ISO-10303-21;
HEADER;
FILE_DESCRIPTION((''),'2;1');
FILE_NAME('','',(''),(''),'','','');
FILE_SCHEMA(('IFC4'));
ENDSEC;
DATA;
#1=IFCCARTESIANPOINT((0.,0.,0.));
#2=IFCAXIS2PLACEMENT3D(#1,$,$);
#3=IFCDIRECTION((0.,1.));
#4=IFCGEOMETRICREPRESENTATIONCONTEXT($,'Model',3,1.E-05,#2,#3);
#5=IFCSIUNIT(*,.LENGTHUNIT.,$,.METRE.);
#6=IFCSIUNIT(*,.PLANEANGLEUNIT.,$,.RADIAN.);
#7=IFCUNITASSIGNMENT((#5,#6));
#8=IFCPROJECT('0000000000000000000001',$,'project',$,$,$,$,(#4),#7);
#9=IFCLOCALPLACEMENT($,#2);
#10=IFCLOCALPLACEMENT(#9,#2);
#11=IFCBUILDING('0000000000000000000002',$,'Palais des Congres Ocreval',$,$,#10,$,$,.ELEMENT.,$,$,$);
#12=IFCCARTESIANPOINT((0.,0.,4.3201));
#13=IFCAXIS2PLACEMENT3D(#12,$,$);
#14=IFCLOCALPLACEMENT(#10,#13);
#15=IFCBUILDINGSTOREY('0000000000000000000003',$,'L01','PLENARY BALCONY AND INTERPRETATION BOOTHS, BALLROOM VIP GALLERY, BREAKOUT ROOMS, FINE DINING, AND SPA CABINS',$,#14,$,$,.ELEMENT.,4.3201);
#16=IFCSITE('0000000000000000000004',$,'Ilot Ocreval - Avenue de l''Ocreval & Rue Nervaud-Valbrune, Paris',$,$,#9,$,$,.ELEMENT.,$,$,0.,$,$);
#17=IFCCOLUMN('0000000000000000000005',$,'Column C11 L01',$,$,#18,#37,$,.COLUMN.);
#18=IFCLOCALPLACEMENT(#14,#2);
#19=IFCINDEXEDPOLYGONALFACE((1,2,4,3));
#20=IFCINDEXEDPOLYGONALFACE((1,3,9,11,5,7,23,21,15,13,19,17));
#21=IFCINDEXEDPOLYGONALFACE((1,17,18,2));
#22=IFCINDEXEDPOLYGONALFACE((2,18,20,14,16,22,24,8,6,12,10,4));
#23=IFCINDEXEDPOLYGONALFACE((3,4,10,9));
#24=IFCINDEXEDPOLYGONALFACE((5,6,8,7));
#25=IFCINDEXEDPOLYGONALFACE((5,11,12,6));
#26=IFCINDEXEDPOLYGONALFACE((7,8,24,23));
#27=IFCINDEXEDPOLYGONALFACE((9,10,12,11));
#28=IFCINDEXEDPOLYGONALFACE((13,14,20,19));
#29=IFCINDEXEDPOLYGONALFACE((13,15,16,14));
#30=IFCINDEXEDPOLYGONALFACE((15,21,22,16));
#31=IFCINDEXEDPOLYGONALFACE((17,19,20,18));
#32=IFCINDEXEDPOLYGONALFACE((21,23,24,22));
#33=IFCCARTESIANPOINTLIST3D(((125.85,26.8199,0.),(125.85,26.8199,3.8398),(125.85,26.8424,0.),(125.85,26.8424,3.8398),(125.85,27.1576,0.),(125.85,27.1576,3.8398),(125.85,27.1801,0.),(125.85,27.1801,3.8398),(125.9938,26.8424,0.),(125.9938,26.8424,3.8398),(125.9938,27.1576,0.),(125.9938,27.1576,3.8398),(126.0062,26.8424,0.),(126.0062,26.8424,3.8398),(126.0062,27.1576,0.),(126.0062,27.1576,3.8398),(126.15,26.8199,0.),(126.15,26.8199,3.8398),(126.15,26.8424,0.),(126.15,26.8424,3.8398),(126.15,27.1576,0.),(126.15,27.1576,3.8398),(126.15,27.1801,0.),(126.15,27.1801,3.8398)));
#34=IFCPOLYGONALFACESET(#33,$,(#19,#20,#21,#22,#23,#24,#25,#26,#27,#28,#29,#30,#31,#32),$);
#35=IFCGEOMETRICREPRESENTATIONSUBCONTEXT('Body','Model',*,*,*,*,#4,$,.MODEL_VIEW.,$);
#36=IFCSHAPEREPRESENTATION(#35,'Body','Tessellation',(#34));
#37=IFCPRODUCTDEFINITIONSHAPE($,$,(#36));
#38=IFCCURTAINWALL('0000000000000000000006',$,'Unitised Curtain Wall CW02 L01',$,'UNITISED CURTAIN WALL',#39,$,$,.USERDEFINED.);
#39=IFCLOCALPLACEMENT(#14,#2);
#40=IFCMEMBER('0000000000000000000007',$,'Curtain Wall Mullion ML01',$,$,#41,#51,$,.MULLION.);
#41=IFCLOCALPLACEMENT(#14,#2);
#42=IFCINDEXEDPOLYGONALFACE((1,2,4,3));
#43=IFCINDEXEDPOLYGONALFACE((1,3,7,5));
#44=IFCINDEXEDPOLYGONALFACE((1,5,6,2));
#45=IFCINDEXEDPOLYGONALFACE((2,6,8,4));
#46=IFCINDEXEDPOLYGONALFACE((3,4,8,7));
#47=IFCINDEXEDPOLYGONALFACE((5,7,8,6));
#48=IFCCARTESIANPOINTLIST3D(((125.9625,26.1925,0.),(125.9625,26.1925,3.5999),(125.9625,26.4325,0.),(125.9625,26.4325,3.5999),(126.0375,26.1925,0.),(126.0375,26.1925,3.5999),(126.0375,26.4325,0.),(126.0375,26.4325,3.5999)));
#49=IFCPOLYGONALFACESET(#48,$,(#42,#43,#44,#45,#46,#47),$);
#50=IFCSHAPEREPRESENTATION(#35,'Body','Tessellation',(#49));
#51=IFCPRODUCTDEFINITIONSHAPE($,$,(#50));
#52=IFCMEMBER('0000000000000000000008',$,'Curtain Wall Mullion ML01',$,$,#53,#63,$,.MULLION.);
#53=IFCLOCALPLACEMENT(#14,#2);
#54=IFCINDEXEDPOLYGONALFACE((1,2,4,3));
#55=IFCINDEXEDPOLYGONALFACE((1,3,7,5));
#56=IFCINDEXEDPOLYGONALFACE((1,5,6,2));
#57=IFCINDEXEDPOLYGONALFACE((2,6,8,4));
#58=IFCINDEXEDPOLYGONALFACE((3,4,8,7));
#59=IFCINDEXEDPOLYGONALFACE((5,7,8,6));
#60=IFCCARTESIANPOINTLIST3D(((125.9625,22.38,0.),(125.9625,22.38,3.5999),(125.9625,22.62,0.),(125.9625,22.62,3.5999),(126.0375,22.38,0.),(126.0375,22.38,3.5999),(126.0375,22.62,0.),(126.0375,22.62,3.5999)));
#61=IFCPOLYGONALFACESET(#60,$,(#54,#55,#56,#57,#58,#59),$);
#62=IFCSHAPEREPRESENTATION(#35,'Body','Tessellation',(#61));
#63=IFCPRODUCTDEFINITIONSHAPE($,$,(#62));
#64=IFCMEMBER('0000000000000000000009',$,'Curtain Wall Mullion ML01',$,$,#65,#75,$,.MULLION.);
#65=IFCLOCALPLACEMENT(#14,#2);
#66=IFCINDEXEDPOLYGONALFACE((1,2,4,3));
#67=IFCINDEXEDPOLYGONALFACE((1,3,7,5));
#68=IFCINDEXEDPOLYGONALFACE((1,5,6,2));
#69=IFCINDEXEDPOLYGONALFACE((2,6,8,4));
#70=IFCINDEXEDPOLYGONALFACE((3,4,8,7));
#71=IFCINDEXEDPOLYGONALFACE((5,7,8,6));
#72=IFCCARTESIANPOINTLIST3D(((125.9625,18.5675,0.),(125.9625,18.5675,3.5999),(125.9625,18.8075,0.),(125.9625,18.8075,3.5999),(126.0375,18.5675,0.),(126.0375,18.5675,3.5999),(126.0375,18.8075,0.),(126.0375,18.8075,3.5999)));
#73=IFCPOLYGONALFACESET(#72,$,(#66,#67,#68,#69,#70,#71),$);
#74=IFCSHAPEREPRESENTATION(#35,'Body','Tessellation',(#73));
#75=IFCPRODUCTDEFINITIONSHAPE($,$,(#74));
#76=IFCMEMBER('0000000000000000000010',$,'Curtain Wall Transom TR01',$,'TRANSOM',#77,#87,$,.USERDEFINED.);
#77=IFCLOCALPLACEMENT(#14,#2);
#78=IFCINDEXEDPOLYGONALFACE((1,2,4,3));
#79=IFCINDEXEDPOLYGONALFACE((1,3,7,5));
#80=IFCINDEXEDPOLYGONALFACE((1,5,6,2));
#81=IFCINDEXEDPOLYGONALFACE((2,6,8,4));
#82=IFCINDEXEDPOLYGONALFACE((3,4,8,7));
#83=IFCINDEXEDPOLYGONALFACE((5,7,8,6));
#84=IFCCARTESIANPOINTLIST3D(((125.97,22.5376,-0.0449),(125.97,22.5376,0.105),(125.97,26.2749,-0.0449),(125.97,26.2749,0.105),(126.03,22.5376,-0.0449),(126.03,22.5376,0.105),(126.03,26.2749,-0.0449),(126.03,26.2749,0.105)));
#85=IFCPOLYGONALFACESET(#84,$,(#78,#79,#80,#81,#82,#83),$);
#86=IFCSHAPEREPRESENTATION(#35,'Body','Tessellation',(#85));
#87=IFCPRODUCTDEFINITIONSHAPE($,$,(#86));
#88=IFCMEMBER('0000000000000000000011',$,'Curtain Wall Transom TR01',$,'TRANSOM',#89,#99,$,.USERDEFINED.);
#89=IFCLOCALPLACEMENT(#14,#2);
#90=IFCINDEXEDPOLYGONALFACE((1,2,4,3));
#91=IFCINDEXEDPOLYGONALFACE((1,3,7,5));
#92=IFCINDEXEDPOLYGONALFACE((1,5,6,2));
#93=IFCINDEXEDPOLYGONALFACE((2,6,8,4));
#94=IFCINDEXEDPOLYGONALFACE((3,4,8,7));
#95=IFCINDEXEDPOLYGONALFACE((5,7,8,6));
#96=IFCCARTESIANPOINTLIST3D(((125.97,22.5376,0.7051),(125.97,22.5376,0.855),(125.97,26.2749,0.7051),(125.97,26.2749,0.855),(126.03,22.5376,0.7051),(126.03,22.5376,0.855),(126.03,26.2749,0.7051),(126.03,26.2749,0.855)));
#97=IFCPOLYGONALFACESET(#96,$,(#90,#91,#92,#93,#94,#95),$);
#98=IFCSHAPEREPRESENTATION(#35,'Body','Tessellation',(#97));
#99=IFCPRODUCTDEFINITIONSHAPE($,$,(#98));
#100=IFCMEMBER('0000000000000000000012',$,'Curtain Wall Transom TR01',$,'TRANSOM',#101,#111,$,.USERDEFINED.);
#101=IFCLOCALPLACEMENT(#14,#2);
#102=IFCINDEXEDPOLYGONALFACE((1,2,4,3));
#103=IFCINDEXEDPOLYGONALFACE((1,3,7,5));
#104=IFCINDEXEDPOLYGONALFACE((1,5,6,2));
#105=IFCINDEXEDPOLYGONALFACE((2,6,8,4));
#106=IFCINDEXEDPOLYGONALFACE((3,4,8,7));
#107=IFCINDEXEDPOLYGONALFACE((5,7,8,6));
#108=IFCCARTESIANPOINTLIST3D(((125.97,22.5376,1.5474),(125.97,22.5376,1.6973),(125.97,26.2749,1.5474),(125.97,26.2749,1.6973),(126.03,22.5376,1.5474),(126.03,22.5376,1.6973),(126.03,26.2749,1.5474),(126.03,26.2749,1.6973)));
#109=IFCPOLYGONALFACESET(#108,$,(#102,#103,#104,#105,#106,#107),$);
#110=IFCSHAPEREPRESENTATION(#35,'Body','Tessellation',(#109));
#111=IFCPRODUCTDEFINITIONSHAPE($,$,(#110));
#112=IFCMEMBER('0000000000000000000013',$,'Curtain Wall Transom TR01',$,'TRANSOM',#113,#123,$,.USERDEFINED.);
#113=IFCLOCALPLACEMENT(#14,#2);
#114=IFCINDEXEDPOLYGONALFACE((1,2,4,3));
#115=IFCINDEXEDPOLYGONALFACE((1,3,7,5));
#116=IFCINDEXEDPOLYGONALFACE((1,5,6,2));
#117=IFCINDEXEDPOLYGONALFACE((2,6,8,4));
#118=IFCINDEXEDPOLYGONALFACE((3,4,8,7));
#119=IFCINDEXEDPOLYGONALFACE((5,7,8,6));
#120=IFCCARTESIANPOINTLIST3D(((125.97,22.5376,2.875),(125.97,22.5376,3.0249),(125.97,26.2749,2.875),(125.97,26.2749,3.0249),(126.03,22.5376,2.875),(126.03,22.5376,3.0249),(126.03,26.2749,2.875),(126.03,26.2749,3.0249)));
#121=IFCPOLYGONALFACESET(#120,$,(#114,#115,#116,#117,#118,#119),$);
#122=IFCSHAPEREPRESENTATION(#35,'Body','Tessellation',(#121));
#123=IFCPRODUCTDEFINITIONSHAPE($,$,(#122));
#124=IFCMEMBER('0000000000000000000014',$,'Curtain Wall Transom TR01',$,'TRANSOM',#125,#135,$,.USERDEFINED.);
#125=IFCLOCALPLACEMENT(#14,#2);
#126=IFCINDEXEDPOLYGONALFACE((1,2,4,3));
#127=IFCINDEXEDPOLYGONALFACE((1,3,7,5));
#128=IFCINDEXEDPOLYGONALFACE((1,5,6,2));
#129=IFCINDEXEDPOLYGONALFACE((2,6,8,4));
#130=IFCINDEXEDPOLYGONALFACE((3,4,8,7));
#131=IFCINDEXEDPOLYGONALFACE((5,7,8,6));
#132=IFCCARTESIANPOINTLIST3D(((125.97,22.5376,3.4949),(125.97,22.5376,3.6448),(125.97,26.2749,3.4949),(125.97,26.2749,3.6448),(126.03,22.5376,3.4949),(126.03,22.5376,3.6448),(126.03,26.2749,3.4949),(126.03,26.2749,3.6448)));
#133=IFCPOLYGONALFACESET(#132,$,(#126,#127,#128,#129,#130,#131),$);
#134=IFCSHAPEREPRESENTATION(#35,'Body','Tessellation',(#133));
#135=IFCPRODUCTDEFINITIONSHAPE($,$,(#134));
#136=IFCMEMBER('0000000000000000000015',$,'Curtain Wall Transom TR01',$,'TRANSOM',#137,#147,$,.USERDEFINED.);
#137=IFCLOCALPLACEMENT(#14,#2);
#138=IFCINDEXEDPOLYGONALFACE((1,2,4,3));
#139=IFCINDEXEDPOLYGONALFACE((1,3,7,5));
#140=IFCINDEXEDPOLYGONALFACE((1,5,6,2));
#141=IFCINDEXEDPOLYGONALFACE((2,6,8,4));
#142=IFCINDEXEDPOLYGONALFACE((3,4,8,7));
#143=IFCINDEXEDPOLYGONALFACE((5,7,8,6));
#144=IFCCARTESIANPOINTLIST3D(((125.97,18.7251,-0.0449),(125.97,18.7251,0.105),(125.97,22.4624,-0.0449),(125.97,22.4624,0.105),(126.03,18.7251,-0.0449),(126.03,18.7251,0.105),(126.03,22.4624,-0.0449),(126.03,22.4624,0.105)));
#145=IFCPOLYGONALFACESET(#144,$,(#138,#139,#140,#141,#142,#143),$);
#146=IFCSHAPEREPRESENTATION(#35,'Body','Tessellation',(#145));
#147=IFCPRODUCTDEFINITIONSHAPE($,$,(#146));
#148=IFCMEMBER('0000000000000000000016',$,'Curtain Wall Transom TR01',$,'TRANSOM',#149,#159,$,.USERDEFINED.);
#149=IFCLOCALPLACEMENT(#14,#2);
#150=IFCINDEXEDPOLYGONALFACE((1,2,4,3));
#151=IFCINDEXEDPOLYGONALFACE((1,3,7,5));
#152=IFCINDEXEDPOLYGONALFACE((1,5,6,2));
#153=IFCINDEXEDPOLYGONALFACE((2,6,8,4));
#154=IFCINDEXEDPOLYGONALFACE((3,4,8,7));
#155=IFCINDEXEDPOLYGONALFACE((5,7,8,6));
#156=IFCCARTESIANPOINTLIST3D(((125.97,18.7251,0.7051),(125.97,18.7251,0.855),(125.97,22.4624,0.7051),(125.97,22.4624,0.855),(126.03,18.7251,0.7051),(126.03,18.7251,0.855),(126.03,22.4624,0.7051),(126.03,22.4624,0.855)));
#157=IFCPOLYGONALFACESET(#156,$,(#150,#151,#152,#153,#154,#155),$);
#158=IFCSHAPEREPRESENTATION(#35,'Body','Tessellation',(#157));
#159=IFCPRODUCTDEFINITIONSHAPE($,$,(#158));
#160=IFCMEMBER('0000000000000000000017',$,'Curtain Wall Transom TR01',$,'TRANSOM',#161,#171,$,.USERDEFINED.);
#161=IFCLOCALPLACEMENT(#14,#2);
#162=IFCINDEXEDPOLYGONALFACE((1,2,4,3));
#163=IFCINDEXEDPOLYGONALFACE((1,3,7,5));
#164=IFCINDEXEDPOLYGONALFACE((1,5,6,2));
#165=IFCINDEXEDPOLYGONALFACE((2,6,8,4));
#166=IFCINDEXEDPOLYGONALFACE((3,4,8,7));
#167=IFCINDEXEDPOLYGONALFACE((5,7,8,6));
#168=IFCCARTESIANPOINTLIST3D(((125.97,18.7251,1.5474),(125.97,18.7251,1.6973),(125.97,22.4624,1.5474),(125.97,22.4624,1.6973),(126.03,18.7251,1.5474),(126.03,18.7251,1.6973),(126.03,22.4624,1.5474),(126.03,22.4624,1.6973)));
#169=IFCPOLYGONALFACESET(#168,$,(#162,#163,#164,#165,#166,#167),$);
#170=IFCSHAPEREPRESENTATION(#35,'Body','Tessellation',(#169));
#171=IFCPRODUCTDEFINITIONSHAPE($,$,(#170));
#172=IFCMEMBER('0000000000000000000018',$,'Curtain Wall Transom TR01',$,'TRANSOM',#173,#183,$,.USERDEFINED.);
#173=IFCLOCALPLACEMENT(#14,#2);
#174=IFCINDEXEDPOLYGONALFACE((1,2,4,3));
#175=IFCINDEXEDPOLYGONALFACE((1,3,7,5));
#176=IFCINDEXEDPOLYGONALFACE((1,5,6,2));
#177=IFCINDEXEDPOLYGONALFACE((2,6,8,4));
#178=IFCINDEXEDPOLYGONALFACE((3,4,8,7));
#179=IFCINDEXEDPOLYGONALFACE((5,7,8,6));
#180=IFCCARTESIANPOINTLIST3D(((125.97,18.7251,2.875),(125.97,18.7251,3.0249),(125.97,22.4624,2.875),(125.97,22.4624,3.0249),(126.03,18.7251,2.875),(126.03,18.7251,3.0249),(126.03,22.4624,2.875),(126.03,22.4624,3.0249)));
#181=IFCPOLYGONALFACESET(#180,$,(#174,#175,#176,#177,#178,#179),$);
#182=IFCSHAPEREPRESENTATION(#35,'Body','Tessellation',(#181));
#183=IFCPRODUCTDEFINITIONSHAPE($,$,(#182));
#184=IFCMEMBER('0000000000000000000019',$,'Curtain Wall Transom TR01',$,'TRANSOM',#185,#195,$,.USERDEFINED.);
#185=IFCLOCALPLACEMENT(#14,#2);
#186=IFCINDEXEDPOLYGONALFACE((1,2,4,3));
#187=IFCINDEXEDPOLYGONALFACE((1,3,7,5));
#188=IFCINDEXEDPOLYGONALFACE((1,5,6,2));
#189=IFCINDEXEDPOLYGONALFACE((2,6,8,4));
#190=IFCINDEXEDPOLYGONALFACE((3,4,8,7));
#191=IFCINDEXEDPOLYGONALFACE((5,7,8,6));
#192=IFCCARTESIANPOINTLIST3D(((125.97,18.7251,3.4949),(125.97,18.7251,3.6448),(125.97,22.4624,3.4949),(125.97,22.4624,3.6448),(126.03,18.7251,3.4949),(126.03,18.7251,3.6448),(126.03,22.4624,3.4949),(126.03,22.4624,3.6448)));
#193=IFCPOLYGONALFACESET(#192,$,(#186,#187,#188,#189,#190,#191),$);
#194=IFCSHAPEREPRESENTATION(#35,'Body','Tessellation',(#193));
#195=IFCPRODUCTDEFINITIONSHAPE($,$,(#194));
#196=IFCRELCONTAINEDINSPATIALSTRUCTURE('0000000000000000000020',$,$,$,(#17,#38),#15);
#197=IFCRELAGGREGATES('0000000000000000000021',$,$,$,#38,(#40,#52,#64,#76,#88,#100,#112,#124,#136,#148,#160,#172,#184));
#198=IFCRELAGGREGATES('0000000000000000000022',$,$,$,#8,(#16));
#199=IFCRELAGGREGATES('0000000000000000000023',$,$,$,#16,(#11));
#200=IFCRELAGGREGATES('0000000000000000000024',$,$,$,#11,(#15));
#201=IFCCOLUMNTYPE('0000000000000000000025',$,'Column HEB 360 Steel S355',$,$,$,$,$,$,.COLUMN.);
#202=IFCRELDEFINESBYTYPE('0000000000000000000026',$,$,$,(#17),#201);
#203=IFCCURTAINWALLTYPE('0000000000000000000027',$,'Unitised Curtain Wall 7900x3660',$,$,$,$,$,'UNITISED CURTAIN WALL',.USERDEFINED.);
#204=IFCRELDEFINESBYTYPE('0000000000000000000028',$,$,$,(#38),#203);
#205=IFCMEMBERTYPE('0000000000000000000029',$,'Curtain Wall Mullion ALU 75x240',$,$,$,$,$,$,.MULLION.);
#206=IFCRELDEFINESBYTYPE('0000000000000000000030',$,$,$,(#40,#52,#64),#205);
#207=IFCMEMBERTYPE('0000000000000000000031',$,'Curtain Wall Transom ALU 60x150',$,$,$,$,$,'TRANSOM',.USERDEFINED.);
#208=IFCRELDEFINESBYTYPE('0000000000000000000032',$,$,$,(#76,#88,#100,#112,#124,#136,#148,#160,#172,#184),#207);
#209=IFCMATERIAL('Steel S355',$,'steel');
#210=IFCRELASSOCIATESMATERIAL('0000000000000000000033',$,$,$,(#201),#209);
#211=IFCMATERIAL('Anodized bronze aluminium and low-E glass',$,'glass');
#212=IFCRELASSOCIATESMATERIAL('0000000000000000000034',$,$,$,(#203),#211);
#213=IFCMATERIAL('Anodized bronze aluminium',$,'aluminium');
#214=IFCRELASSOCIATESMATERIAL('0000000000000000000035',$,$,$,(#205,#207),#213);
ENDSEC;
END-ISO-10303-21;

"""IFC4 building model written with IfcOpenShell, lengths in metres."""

from ifc_helpers import new_model, si_unit, direction, frame, origin, origin_2d, place, context, subcontext, project, spatial, rectangle, i_section, extrude, material, material_profile, profile_set, type_object, element, aggregate, save


model = new_model("IFC4")

# Units and contexts
model_context = context("Model", 3, precision=1e-05, world=origin(), true_north=direction((0.0, 1.0)))
body_context = subcontext(model_context, "Body", "Model", "MODEL_VIEW")
ifc_project = project(units=[si_unit("LENGTHUNIT", "METRE"), si_unit("PLANEANGLEUNIT", "RADIAN")], contexts=[model_context])

# Site, building, storey
site_placement = place(None, origin())
site = spatial("IfcSite", under=ifc_project, at=site_placement, Name="Ilot Ocreval - Avenue de l'Ocreval & Rue Nervaud-Valbrune, Paris", CompositionType="ELEMENT", RefElevation=0.0)
building_placement = place(site_placement, origin())
building = spatial("IfcBuilding", under=site, at=building_placement, Name="Palais des Congres Ocreval", CompositionType="ELEMENT")
storey_placement = place(building_placement, frame((0.0, 0.0, 4.3201)))
storey = spatial("IfcBuildingStorey", under=building, at=storey_placement, Name="L01", Description="PLENARY BALCONY AND INTERPRETATION BOOTHS, BALLROOM VIP GALLERY, BREAKOUT ROOMS, FINE DINING, AND SPA CABINS", CompositionType="ELEMENT", Elevation=4.3201)

# Column
ifc_material_1 = material(Name="Steel S355", Category="steel")
ifc_material_profile_1 = material_profile(ifc_material_1, i_section(OverallWidth=0.3, OverallDepth=0.3601, WebThickness=0.0125, FlangeThickness=0.0225, at=origin_2d()), Name="HEB 360")
ifc_profile_set_1 = profile_set([ifc_material_profile_1], Name="Steel S355")
column_type = type_object("IfcColumnType", Name="Column HEB 360 Steel S355", PredefinedType="COLUMN", material=ifc_profile_set_1)
column_placement = place(storey_placement, frame((126.0, 27.0, 0.0), z_axis=(0.0, 0.0, 1.0), x_axis=(1.0, 0.0, 0.0)))
element("IfcColumn", 1, at=column_placement, inside=storey, type_object=column_type, Name="Column C11 L01", PredefinedType="COLUMN", context=body_context, shape_type="SweptSolid", body=[
    extrude(i_section(OverallWidth=0.3, OverallDepth=0.3601, WebThickness=0.0125, FlangeThickness=0.0225, at=origin_2d()), origin(), (0.0, 0.0, 1.0), 3.8398),
])

# Curtain wall, members
ifc_material_2 = material(Name="Anodized bronze aluminium and low-E glass", Category="glass")
curtain_wall_type = type_object("IfcCurtainWallType", Name="Unitised Curtain Wall 7900x3660", ElementType="UNITISED CURTAIN WALL", PredefinedType="USERDEFINED", material=ifc_material_2)
curtain_wall_placement = place(storey_placement, origin())
curtain_wall = element("IfcCurtainWall", 2, at=curtain_wall_placement, inside=storey, type_object=curtain_wall_type, Name="Unitised Curtain Wall CW02 L01", ObjectType="UNITISED CURTAIN WALL", PredefinedType="USERDEFINED")
ifc_material_3 = material(Name="Anodized bronze aluminium", Category="aluminium")
ifc_material_profile_2 = material_profile(ifc_material_3, rectangle(XDim=0.075, YDim=0.24, at=origin_2d()), Name="ALU 75x240")
ifc_profile_set_2 = profile_set([ifc_material_profile_2], Name="Anodized bronze aluminium")
member_type_1 = type_object("IfcMemberType", Name="Curtain Wall Mullion ALU 75x240", PredefinedType="MULLION", material=ifc_profile_set_2)
member_1_placement = place(storey_placement, frame((126.0, 26.3125, 0.0), z_axis=(0.0, 0.0, 1.0), x_axis=(1.0, 0.0, 0.0)))
member_1 = element("IfcMember", 3, at=member_1_placement, type_object=member_type_1, Name="Curtain Wall Mullion ML01", PredefinedType="MULLION", context=body_context, shape_type="SweptSolid", body=[
    extrude(rectangle(XDim=0.075, YDim=0.24, at=origin_2d()), origin(), (0.0, 0.0, 1.0), 3.5999),
])
member_2_placement = place(storey_placement, frame((126.0, 22.5, 0.0), z_axis=(0.0, 0.0, 1.0), x_axis=(1.0, 0.0, 0.0)))
member_2 = element("IfcMember", 4, at=member_2_placement, type_object=member_type_1, Name="Curtain Wall Mullion ML01", PredefinedType="MULLION", context=body_context, shape_type="SweptSolid", body=[
    extrude(rectangle(XDim=0.075, YDim=0.24, at=origin_2d()), origin(), (0.0, 0.0, 1.0), 3.5999),
])
member_3_placement = place(storey_placement, frame((126.0, 18.6875, 0.0), z_axis=(0.0, 0.0, 1.0), x_axis=(1.0, 0.0, 0.0)))
member_3 = element("IfcMember", 5, at=member_3_placement, type_object=member_type_1, Name="Curtain Wall Mullion ML01", PredefinedType="MULLION", context=body_context, shape_type="SweptSolid", body=[
    extrude(rectangle(XDim=0.075, YDim=0.24, at=origin_2d()), origin(), (0.0, 0.0, 1.0), 3.5999),
])
ifc_material_profile_3 = material_profile(ifc_material_3, rectangle(XDim=0.0601, YDim=0.1499, at=origin_2d()), Name="ALU 60x150")
ifc_profile_set_3 = profile_set([ifc_material_profile_3], Name="Anodized bronze aluminium")
member_type_2 = type_object("IfcMemberType", Name="Curtain Wall Transom ALU 60x150", ElementType="TRANSOM", PredefinedType="USERDEFINED", material=ifc_profile_set_3)
member_4_placement = place(storey_placement, frame((126.0, 26.2749, 0.03), z_axis=(0.0, -1.0, 0.0), x_axis=(1.0, 0.0, 0.0)))
member_4 = element("IfcMember", 6, at=member_4_placement, type_object=member_type_2, Name="Curtain Wall Transom TR01", ObjectType="TRANSOM", PredefinedType="USERDEFINED", context=body_context, shape_type="SweptSolid", body=[
    extrude(rectangle(XDim=0.0601, YDim=0.1499, at=origin_2d()), origin(), (0.0, 0.0, 1.0), 3.7373),
])
member_5_placement = place(storey_placement, frame((126.0, 26.2749, 0.78), z_axis=(0.0, -1.0, 0.0), x_axis=(1.0, 0.0, 0.0)))
member_5 = element("IfcMember", 7, at=member_5_placement, type_object=member_type_2, Name="Curtain Wall Transom TR01", ObjectType="TRANSOM", PredefinedType="USERDEFINED", context=body_context, shape_type="SweptSolid", body=[
    extrude(rectangle(XDim=0.0601, YDim=0.1499, at=origin_2d()), origin(), (0.0, 0.0, 1.0), 3.7373),
])
member_6_placement = place(storey_placement, frame((126.0, 26.2749, 1.6223), z_axis=(0.0, -1.0, 0.0), x_axis=(1.0, 0.0, 0.0)))
member_6 = element("IfcMember", 8, at=member_6_placement, type_object=member_type_2, Name="Curtain Wall Transom TR01", ObjectType="TRANSOM", PredefinedType="USERDEFINED", context=body_context, shape_type="SweptSolid", body=[
    extrude(rectangle(XDim=0.0601, YDim=0.1499, at=origin_2d()), origin(), (0.0, 0.0, 1.0), 3.7373),
])
member_7_placement = place(storey_placement, frame((126.0, 26.2749, 2.95), z_axis=(0.0, -1.0, 0.0), x_axis=(1.0, 0.0, 0.0)))
member_7 = element("IfcMember", 9, at=member_7_placement, type_object=member_type_2, Name="Curtain Wall Transom TR01", ObjectType="TRANSOM", PredefinedType="USERDEFINED", context=body_context, shape_type="SweptSolid", body=[
    extrude(rectangle(XDim=0.0601, YDim=0.1499, at=origin_2d()), origin(), (0.0, 0.0, 1.0), 3.7373),
])
member_8_placement = place(storey_placement, frame((126.0, 26.2749, 3.5698), z_axis=(0.0, -1.0, 0.0), x_axis=(1.0, 0.0, 0.0)))
member_8 = element("IfcMember", 10, at=member_8_placement, type_object=member_type_2, Name="Curtain Wall Transom TR01", ObjectType="TRANSOM", PredefinedType="USERDEFINED", context=body_context, shape_type="SweptSolid", body=[
    extrude(rectangle(XDim=0.0601, YDim=0.1499, at=origin_2d()), origin(), (0.0, 0.0, 1.0), 3.7373),
])
member_9_placement = place(storey_placement, frame((126.0, 22.4624, 0.03), z_axis=(0.0, -1.0, 0.0), x_axis=(1.0, 0.0, 0.0)))
member_9 = element("IfcMember", 11, at=member_9_placement, type_object=member_type_2, Name="Curtain Wall Transom TR01", ObjectType="TRANSOM", PredefinedType="USERDEFINED", context=body_context, shape_type="SweptSolid", body=[
    extrude(rectangle(XDim=0.0601, YDim=0.1499, at=origin_2d()), origin(), (0.0, 0.0, 1.0), 3.7373),
])
member_10_placement = place(storey_placement, frame((126.0, 22.4624, 0.78), z_axis=(0.0, -1.0, 0.0), x_axis=(1.0, 0.0, 0.0)))
member_10 = element("IfcMember", 12, at=member_10_placement, type_object=member_type_2, Name="Curtain Wall Transom TR01", ObjectType="TRANSOM", PredefinedType="USERDEFINED", context=body_context, shape_type="SweptSolid", body=[
    extrude(rectangle(XDim=0.0601, YDim=0.1499, at=origin_2d()), origin(), (0.0, 0.0, 1.0), 3.7373),
])
member_11_placement = place(storey_placement, frame((126.0, 22.4624, 1.6223), z_axis=(0.0, -1.0, 0.0), x_axis=(1.0, 0.0, 0.0)))
member_11 = element("IfcMember", 13, at=member_11_placement, type_object=member_type_2, Name="Curtain Wall Transom TR01", ObjectType="TRANSOM", PredefinedType="USERDEFINED", context=body_context, shape_type="SweptSolid", body=[
    extrude(rectangle(XDim=0.0601, YDim=0.1499, at=origin_2d()), origin(), (0.0, 0.0, 1.0), 3.7373),
])
member_12_placement = place(storey_placement, frame((126.0, 22.4624, 2.95), z_axis=(0.0, -1.0, 0.0), x_axis=(1.0, 0.0, 0.0)))
member_12 = element("IfcMember", 14, at=member_12_placement, type_object=member_type_2, Name="Curtain Wall Transom TR01", ObjectType="TRANSOM", PredefinedType="USERDEFINED", context=body_context, shape_type="SweptSolid", body=[
    extrude(rectangle(XDim=0.0601, YDim=0.1499, at=origin_2d()), origin(), (0.0, 0.0, 1.0), 3.7373),
])
member_13_placement = place(storey_placement, frame((126.0, 22.4624, 3.5698), z_axis=(0.0, -1.0, 0.0), x_axis=(1.0, 0.0, 0.0)))
member_13 = element("IfcMember", 15, at=member_13_placement, type_object=member_type_2, Name="Curtain Wall Transom TR01", ObjectType="TRANSOM", PredefinedType="USERDEFINED", context=body_context, shape_type="SweptSolid", body=[
    extrude(rectangle(XDim=0.0601, YDim=0.1499, at=origin_2d()), origin(), (0.0, 0.0, 1.0), 3.7373),
])
aggregate(curtain_wall, [member_1, member_2, member_3, member_4, member_5, member_6, member_7, member_8, member_9, member_10, member_11, member_12, member_13])

save(model, "model.ifc")
